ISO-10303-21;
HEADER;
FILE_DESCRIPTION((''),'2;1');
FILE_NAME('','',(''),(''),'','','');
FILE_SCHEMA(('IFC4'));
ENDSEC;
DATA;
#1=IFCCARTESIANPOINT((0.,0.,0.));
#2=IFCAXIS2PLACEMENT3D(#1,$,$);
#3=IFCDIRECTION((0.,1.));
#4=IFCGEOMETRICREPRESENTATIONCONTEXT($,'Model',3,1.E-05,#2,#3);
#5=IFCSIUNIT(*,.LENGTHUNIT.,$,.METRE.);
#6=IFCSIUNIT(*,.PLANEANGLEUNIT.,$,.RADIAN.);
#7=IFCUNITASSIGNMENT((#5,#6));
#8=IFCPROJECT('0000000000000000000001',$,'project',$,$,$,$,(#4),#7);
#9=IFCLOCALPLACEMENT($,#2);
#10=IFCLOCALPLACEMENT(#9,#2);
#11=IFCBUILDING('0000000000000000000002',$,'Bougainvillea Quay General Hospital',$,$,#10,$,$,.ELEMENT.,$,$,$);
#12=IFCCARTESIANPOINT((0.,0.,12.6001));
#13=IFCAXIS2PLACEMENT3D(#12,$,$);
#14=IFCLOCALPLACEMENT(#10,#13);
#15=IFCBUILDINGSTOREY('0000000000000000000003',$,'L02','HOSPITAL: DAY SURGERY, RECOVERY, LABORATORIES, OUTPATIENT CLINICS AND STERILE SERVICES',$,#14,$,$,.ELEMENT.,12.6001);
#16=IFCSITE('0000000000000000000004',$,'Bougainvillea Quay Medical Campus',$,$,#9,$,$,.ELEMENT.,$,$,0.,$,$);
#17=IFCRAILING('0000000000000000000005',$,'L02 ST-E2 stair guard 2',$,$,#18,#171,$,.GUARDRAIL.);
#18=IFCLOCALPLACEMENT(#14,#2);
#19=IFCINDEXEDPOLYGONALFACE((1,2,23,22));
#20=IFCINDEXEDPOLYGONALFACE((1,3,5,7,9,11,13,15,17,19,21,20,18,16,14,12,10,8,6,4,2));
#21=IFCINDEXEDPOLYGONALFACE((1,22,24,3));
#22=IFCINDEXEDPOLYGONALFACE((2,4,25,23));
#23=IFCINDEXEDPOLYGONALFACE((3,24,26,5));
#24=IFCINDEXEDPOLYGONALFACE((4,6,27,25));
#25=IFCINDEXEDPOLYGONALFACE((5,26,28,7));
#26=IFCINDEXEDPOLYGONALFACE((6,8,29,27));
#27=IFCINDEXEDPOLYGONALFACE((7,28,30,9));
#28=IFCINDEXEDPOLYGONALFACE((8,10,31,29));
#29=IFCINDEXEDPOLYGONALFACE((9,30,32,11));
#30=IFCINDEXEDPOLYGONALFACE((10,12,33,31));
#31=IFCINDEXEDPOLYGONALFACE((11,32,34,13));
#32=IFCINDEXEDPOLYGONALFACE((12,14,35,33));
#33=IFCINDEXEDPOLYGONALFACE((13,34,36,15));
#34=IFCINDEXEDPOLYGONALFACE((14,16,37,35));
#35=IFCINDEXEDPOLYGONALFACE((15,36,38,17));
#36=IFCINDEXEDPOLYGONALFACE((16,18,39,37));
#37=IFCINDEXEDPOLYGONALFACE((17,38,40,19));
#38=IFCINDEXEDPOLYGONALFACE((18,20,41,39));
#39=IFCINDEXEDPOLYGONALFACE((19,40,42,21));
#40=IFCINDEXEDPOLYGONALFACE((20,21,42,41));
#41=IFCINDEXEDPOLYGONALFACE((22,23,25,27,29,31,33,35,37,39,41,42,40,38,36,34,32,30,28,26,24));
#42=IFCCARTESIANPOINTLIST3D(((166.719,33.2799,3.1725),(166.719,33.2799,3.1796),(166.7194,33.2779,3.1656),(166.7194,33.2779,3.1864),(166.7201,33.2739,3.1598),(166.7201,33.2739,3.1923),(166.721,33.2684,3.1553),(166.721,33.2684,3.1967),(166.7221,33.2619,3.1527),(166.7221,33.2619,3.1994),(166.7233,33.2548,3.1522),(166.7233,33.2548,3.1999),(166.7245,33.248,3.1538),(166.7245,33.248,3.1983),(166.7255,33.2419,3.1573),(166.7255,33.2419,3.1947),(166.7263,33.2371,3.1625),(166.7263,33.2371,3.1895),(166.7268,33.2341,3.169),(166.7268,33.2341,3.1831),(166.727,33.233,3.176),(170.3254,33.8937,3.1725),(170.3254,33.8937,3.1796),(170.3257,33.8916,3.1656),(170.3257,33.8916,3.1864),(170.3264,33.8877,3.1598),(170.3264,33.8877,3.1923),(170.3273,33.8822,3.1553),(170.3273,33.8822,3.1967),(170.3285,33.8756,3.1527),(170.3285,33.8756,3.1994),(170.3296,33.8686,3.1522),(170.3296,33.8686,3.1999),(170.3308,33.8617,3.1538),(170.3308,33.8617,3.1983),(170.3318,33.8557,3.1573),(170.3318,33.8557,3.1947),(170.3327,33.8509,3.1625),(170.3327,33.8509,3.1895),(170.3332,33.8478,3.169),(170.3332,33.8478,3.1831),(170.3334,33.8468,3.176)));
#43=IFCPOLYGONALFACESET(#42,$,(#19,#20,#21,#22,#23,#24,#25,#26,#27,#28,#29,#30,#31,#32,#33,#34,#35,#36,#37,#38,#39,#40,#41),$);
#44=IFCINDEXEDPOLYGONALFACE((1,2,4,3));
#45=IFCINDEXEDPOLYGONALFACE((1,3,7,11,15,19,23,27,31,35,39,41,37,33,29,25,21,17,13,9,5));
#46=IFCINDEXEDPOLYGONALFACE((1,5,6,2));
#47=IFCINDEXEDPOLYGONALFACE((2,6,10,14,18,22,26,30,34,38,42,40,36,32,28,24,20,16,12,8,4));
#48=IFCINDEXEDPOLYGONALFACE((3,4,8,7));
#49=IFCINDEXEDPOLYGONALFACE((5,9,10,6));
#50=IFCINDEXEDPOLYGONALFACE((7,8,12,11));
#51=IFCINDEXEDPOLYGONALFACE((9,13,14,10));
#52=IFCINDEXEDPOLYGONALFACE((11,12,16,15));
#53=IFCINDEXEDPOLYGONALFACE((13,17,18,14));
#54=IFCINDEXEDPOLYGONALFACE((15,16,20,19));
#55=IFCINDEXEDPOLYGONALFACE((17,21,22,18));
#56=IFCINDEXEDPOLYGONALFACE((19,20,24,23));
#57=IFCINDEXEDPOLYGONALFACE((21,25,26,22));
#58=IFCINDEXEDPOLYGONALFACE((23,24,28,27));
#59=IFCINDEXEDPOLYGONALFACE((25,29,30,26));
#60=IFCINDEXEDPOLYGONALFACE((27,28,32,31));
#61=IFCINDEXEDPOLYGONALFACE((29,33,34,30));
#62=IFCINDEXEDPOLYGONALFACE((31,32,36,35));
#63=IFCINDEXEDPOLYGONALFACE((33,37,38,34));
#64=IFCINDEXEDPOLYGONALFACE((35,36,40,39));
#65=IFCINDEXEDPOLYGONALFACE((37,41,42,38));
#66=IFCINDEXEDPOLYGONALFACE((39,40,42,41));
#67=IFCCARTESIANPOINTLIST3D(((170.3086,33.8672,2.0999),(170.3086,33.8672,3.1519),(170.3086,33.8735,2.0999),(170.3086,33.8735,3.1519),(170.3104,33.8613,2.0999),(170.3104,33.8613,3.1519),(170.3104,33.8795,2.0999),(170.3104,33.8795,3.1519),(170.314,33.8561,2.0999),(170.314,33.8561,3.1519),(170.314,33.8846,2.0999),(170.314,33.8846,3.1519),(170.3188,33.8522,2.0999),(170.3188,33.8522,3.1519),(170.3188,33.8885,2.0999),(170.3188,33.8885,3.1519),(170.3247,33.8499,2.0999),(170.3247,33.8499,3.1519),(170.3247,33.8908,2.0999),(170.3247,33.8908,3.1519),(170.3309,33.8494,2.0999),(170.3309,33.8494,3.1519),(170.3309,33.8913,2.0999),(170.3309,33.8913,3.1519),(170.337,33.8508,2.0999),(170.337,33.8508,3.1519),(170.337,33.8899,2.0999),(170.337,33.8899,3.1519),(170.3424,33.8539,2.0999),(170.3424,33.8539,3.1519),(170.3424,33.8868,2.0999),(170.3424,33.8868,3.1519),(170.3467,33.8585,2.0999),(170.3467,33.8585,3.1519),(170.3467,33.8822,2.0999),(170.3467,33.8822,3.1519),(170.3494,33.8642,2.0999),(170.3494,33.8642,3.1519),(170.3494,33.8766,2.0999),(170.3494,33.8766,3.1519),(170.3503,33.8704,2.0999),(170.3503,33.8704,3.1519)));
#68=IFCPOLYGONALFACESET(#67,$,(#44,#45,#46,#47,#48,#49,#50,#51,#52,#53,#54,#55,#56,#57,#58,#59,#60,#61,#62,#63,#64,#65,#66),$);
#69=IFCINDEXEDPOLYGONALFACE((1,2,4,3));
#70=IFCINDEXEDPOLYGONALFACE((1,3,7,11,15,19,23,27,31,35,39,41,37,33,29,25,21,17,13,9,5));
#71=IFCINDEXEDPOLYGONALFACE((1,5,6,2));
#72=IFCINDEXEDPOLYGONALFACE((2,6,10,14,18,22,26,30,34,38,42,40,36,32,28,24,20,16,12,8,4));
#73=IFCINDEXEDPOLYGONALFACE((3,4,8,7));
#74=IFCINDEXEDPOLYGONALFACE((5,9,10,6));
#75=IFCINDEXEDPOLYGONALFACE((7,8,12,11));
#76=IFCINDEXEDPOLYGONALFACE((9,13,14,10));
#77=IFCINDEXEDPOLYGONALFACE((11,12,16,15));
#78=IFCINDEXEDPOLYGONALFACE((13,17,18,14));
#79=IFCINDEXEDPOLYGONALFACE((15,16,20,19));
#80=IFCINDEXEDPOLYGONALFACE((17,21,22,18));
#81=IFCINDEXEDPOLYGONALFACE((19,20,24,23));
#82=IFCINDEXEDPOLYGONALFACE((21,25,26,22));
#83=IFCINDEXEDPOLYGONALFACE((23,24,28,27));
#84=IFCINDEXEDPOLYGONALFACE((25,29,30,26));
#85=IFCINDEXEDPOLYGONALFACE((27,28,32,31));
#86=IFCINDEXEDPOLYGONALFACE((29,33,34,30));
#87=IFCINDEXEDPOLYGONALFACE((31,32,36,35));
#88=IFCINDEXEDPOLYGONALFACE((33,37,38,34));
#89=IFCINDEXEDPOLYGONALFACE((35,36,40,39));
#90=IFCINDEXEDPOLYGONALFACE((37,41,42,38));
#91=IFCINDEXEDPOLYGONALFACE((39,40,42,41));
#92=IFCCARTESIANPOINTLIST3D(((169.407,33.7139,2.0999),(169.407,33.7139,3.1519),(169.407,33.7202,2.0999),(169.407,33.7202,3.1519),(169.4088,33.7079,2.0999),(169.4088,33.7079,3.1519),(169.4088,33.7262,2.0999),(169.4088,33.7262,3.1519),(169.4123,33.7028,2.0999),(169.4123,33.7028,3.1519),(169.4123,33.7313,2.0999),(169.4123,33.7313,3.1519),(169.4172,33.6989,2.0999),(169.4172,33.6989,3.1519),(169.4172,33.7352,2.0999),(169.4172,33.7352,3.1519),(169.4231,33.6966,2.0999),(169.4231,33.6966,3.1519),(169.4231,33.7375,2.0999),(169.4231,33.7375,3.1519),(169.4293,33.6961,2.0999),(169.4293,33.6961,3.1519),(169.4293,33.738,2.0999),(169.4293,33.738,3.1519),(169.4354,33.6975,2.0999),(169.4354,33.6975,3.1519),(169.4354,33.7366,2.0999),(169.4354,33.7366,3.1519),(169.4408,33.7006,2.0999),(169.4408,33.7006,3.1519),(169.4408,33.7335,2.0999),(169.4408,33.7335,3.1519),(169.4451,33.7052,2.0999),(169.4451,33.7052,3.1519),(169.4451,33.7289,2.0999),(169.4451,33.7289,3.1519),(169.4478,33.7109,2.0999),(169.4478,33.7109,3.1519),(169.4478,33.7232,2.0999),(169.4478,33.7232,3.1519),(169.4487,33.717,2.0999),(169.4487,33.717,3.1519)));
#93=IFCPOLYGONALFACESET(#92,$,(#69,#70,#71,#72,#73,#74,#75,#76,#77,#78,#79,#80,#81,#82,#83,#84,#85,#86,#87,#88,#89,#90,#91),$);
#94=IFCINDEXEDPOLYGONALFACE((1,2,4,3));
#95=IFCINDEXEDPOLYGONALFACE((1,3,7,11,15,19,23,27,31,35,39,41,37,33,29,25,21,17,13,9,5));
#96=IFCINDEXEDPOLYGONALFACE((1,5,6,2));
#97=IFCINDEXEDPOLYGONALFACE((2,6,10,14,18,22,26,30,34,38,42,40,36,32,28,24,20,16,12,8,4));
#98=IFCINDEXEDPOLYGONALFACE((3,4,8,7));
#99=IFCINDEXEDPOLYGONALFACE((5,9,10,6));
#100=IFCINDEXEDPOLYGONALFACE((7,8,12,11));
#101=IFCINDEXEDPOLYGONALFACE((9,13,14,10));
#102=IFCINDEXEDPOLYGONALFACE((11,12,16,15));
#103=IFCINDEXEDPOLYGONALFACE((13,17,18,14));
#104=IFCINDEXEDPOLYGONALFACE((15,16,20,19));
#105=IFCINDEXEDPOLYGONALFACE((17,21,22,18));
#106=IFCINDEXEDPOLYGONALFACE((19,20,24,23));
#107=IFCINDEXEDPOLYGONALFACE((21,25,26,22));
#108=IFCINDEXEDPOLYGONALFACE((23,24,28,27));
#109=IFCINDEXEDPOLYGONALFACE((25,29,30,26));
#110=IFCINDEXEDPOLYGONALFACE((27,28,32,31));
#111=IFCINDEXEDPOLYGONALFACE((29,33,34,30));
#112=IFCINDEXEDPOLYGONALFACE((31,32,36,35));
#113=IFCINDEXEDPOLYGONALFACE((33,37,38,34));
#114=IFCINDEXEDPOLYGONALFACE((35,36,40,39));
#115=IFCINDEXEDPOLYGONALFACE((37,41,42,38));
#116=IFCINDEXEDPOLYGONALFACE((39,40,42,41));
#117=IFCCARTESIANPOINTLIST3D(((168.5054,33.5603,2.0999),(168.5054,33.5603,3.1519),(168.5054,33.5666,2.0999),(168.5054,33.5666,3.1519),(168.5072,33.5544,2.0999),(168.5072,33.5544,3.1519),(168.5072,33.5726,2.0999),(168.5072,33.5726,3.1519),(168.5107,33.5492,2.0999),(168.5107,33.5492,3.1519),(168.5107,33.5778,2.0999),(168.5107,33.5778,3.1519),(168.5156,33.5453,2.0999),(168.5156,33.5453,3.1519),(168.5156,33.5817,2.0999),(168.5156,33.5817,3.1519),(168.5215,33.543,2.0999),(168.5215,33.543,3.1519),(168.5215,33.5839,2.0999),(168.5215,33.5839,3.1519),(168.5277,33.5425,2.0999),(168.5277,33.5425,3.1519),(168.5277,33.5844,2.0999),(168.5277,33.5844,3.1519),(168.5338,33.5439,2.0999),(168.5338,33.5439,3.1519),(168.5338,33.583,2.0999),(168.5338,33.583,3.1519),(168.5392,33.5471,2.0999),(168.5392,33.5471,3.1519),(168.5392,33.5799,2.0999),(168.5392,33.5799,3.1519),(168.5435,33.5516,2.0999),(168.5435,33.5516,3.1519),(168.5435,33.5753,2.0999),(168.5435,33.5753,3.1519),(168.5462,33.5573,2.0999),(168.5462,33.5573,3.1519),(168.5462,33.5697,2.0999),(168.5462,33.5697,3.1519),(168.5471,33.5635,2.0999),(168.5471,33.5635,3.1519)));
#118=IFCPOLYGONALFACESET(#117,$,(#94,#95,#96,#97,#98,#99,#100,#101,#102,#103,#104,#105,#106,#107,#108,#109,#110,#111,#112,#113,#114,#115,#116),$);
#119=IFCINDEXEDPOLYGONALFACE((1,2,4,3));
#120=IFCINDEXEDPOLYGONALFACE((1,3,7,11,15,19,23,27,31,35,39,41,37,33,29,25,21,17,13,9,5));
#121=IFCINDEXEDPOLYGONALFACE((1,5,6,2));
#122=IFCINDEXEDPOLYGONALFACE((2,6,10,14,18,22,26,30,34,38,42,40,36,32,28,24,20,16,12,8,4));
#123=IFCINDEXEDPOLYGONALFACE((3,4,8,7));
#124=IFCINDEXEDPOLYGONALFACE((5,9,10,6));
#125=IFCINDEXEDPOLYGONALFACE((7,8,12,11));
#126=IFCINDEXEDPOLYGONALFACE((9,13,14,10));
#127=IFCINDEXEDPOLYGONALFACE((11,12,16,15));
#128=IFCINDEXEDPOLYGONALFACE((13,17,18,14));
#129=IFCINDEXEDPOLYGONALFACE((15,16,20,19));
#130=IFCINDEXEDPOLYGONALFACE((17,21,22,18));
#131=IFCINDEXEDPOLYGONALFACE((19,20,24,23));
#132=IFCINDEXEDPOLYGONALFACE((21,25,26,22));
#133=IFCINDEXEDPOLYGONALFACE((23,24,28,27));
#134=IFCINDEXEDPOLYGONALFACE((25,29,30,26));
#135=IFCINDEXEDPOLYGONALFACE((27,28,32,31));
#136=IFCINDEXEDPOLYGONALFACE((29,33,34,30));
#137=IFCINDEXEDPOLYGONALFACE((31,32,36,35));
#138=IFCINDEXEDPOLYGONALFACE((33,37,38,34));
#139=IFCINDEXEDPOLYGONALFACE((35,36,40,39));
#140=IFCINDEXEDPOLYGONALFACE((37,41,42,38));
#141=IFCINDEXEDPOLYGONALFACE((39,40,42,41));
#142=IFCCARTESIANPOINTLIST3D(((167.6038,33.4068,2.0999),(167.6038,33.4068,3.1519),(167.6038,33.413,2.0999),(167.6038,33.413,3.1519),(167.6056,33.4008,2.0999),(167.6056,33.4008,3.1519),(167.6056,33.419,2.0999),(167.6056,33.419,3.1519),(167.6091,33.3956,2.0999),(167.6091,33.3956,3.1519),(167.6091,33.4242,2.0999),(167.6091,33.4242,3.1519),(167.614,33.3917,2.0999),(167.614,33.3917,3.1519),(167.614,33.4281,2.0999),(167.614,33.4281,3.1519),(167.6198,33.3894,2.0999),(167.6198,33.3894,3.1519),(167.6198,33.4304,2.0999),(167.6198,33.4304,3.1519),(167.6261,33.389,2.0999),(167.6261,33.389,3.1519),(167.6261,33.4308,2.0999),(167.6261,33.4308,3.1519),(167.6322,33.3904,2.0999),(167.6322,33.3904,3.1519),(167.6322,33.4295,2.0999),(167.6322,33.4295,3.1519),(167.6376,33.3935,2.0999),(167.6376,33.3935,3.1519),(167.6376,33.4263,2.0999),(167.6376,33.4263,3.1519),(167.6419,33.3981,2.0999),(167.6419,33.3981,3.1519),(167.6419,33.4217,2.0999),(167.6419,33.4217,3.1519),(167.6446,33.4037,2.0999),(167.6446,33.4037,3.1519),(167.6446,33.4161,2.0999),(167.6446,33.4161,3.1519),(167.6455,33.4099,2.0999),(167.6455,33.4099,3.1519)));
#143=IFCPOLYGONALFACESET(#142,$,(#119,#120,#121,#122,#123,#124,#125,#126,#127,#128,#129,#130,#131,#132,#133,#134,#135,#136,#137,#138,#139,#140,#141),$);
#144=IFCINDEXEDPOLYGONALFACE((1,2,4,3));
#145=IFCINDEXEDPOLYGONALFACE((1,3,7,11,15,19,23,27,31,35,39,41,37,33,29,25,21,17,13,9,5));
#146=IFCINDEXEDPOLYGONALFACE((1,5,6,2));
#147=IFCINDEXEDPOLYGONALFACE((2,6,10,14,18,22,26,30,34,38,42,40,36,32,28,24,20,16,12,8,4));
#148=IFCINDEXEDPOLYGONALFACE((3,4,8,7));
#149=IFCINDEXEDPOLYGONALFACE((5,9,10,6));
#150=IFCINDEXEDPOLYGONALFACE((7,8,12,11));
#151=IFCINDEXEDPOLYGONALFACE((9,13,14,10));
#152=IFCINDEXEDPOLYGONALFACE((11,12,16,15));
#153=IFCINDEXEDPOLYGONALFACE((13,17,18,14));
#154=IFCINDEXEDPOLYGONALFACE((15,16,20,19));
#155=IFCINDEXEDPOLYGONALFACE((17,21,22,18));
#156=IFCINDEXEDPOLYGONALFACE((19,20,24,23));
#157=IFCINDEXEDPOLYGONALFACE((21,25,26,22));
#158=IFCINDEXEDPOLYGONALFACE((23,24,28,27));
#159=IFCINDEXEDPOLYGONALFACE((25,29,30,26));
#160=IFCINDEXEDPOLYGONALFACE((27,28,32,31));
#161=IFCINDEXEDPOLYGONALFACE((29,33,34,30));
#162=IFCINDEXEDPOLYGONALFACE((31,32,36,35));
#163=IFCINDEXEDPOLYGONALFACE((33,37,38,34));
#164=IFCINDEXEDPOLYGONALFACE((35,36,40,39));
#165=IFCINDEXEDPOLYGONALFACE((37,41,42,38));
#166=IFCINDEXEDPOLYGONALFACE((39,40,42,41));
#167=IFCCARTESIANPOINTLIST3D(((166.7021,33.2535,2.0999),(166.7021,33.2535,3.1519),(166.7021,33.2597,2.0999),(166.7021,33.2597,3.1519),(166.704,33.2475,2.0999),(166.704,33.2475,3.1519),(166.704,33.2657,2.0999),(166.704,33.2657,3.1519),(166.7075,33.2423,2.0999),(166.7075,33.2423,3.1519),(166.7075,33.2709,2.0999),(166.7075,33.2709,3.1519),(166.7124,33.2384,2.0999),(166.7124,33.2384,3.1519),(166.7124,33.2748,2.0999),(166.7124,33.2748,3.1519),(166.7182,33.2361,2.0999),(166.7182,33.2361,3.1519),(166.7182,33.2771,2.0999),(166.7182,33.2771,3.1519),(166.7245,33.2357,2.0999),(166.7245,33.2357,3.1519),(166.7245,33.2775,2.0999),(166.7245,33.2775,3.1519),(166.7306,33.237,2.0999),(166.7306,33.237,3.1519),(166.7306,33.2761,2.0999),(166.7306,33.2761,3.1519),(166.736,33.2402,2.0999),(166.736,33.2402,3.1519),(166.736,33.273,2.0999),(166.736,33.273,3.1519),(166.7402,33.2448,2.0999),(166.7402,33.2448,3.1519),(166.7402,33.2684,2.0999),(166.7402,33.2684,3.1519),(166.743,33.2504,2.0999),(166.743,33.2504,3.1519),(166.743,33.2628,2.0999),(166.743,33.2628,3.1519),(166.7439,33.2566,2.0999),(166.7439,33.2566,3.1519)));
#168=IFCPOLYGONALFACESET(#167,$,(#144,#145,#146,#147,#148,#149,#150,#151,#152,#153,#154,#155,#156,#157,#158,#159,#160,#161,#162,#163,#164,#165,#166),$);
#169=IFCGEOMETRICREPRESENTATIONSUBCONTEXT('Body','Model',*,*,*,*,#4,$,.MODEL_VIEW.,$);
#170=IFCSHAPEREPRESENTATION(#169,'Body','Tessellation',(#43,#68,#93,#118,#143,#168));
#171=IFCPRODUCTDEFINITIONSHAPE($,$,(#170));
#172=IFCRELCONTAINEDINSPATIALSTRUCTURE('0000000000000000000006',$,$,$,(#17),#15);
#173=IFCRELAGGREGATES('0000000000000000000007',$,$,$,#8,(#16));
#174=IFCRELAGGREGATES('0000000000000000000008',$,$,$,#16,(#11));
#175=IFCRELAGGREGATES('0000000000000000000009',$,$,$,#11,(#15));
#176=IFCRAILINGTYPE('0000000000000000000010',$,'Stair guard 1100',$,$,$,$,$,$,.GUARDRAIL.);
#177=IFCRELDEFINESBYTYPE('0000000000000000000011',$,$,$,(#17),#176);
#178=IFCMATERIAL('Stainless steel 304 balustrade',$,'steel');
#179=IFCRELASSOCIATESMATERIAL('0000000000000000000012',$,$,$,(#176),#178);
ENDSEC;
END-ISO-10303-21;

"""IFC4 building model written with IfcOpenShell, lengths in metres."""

from ifc_helpers import new_model, si_unit, direction, frame, origin, origin_2d, place, context, subcontext, project, spatial, circle, extrude, material, type_object, element, save


model = new_model("IFC4")

# Units and contexts
model_context = context("Model", 3, precision=1e-05, world=origin(), true_north=direction((0.0, 1.0)))
body_context = subcontext(model_context, "Body", "Model", "MODEL_VIEW")
ifc_project = project(units=[si_unit("LENGTHUNIT", "METRE"), si_unit("PLANEANGLEUNIT", "RADIAN")], contexts=[model_context])

# Site, building, storey
site_placement = place(None, origin())
site = spatial("IfcSite", under=ifc_project, at=site_placement, Name="Bougainvillea Quay Medical Campus", CompositionType="ELEMENT", RefElevation=0.0)
building_placement = place(site_placement, origin())
building = spatial("IfcBuilding", under=site, at=building_placement, Name="Bougainvillea Quay General Hospital", CompositionType="ELEMENT")
storey_placement = place(building_placement, frame((0.0, 0.0, 12.6001)))
storey = spatial("IfcBuildingStorey", under=building, at=storey_placement, Name="L02", Description="HOSPITAL: DAY SURGERY, RECOVERY, LABORATORIES, OUTPATIENT CLINICS AND STERILE SERVICES", CompositionType="ELEMENT", Elevation=12.6001)

# Railing
ifc_material_1 = material(Name="Stainless steel 304 balustrade", Category="steel")
railing_type = type_object("IfcRailingType", Name="Stair guard 1100", PredefinedType="GUARDRAIL", material=ifc_material_1)
railing_1_placement = place(storey_placement, frame((170.3293, 33.8704, 2.0999)))
element("IfcRailing", 1, at=railing_1_placement, inside=storey, type_object=railing_type, Name="L02 ST-E2 stair guard 2", PredefinedType="GUARDRAIL", context=body_context, shape_type="SweptSolid", body=[
    extrude(circle(Radius=0.0239, at=origin_2d()), frame((0.0, 0.0, 1.0762), z_axis=(-0.985825, -0.167775, 0.0), x_axis=(0.167775, -0.985825, 0.0)), (0.0, 0.0, 1.0), 3.6582),
    extrude(circle(Radius=0.021, at=origin_2d()), origin(), (0.0, 0.0, 1.0), 1.052),
    extrude(circle(Radius=0.021, at=origin_2d()), frame((-0.9016, -0.1533, 0.0)), (0.0, 0.0, 1.0), 1.052),
    extrude(circle(Radius=0.021, at=origin_2d()), frame((-1.8032, -0.3069, 0.0)), (0.0, 0.0, 1.0), 1.052),
    extrude(circle(Radius=0.021, at=origin_2d()), frame((-2.7048, -0.4604, 0.0)), (0.0, 0.0, 1.0), 1.052),
    extrude(circle(Radius=0.021, at=origin_2d()), frame((-3.6064, -0.6138, 0.0)), (0.0, 0.0, 1.0), 1.052),
])

save(model, "model.ifc")
